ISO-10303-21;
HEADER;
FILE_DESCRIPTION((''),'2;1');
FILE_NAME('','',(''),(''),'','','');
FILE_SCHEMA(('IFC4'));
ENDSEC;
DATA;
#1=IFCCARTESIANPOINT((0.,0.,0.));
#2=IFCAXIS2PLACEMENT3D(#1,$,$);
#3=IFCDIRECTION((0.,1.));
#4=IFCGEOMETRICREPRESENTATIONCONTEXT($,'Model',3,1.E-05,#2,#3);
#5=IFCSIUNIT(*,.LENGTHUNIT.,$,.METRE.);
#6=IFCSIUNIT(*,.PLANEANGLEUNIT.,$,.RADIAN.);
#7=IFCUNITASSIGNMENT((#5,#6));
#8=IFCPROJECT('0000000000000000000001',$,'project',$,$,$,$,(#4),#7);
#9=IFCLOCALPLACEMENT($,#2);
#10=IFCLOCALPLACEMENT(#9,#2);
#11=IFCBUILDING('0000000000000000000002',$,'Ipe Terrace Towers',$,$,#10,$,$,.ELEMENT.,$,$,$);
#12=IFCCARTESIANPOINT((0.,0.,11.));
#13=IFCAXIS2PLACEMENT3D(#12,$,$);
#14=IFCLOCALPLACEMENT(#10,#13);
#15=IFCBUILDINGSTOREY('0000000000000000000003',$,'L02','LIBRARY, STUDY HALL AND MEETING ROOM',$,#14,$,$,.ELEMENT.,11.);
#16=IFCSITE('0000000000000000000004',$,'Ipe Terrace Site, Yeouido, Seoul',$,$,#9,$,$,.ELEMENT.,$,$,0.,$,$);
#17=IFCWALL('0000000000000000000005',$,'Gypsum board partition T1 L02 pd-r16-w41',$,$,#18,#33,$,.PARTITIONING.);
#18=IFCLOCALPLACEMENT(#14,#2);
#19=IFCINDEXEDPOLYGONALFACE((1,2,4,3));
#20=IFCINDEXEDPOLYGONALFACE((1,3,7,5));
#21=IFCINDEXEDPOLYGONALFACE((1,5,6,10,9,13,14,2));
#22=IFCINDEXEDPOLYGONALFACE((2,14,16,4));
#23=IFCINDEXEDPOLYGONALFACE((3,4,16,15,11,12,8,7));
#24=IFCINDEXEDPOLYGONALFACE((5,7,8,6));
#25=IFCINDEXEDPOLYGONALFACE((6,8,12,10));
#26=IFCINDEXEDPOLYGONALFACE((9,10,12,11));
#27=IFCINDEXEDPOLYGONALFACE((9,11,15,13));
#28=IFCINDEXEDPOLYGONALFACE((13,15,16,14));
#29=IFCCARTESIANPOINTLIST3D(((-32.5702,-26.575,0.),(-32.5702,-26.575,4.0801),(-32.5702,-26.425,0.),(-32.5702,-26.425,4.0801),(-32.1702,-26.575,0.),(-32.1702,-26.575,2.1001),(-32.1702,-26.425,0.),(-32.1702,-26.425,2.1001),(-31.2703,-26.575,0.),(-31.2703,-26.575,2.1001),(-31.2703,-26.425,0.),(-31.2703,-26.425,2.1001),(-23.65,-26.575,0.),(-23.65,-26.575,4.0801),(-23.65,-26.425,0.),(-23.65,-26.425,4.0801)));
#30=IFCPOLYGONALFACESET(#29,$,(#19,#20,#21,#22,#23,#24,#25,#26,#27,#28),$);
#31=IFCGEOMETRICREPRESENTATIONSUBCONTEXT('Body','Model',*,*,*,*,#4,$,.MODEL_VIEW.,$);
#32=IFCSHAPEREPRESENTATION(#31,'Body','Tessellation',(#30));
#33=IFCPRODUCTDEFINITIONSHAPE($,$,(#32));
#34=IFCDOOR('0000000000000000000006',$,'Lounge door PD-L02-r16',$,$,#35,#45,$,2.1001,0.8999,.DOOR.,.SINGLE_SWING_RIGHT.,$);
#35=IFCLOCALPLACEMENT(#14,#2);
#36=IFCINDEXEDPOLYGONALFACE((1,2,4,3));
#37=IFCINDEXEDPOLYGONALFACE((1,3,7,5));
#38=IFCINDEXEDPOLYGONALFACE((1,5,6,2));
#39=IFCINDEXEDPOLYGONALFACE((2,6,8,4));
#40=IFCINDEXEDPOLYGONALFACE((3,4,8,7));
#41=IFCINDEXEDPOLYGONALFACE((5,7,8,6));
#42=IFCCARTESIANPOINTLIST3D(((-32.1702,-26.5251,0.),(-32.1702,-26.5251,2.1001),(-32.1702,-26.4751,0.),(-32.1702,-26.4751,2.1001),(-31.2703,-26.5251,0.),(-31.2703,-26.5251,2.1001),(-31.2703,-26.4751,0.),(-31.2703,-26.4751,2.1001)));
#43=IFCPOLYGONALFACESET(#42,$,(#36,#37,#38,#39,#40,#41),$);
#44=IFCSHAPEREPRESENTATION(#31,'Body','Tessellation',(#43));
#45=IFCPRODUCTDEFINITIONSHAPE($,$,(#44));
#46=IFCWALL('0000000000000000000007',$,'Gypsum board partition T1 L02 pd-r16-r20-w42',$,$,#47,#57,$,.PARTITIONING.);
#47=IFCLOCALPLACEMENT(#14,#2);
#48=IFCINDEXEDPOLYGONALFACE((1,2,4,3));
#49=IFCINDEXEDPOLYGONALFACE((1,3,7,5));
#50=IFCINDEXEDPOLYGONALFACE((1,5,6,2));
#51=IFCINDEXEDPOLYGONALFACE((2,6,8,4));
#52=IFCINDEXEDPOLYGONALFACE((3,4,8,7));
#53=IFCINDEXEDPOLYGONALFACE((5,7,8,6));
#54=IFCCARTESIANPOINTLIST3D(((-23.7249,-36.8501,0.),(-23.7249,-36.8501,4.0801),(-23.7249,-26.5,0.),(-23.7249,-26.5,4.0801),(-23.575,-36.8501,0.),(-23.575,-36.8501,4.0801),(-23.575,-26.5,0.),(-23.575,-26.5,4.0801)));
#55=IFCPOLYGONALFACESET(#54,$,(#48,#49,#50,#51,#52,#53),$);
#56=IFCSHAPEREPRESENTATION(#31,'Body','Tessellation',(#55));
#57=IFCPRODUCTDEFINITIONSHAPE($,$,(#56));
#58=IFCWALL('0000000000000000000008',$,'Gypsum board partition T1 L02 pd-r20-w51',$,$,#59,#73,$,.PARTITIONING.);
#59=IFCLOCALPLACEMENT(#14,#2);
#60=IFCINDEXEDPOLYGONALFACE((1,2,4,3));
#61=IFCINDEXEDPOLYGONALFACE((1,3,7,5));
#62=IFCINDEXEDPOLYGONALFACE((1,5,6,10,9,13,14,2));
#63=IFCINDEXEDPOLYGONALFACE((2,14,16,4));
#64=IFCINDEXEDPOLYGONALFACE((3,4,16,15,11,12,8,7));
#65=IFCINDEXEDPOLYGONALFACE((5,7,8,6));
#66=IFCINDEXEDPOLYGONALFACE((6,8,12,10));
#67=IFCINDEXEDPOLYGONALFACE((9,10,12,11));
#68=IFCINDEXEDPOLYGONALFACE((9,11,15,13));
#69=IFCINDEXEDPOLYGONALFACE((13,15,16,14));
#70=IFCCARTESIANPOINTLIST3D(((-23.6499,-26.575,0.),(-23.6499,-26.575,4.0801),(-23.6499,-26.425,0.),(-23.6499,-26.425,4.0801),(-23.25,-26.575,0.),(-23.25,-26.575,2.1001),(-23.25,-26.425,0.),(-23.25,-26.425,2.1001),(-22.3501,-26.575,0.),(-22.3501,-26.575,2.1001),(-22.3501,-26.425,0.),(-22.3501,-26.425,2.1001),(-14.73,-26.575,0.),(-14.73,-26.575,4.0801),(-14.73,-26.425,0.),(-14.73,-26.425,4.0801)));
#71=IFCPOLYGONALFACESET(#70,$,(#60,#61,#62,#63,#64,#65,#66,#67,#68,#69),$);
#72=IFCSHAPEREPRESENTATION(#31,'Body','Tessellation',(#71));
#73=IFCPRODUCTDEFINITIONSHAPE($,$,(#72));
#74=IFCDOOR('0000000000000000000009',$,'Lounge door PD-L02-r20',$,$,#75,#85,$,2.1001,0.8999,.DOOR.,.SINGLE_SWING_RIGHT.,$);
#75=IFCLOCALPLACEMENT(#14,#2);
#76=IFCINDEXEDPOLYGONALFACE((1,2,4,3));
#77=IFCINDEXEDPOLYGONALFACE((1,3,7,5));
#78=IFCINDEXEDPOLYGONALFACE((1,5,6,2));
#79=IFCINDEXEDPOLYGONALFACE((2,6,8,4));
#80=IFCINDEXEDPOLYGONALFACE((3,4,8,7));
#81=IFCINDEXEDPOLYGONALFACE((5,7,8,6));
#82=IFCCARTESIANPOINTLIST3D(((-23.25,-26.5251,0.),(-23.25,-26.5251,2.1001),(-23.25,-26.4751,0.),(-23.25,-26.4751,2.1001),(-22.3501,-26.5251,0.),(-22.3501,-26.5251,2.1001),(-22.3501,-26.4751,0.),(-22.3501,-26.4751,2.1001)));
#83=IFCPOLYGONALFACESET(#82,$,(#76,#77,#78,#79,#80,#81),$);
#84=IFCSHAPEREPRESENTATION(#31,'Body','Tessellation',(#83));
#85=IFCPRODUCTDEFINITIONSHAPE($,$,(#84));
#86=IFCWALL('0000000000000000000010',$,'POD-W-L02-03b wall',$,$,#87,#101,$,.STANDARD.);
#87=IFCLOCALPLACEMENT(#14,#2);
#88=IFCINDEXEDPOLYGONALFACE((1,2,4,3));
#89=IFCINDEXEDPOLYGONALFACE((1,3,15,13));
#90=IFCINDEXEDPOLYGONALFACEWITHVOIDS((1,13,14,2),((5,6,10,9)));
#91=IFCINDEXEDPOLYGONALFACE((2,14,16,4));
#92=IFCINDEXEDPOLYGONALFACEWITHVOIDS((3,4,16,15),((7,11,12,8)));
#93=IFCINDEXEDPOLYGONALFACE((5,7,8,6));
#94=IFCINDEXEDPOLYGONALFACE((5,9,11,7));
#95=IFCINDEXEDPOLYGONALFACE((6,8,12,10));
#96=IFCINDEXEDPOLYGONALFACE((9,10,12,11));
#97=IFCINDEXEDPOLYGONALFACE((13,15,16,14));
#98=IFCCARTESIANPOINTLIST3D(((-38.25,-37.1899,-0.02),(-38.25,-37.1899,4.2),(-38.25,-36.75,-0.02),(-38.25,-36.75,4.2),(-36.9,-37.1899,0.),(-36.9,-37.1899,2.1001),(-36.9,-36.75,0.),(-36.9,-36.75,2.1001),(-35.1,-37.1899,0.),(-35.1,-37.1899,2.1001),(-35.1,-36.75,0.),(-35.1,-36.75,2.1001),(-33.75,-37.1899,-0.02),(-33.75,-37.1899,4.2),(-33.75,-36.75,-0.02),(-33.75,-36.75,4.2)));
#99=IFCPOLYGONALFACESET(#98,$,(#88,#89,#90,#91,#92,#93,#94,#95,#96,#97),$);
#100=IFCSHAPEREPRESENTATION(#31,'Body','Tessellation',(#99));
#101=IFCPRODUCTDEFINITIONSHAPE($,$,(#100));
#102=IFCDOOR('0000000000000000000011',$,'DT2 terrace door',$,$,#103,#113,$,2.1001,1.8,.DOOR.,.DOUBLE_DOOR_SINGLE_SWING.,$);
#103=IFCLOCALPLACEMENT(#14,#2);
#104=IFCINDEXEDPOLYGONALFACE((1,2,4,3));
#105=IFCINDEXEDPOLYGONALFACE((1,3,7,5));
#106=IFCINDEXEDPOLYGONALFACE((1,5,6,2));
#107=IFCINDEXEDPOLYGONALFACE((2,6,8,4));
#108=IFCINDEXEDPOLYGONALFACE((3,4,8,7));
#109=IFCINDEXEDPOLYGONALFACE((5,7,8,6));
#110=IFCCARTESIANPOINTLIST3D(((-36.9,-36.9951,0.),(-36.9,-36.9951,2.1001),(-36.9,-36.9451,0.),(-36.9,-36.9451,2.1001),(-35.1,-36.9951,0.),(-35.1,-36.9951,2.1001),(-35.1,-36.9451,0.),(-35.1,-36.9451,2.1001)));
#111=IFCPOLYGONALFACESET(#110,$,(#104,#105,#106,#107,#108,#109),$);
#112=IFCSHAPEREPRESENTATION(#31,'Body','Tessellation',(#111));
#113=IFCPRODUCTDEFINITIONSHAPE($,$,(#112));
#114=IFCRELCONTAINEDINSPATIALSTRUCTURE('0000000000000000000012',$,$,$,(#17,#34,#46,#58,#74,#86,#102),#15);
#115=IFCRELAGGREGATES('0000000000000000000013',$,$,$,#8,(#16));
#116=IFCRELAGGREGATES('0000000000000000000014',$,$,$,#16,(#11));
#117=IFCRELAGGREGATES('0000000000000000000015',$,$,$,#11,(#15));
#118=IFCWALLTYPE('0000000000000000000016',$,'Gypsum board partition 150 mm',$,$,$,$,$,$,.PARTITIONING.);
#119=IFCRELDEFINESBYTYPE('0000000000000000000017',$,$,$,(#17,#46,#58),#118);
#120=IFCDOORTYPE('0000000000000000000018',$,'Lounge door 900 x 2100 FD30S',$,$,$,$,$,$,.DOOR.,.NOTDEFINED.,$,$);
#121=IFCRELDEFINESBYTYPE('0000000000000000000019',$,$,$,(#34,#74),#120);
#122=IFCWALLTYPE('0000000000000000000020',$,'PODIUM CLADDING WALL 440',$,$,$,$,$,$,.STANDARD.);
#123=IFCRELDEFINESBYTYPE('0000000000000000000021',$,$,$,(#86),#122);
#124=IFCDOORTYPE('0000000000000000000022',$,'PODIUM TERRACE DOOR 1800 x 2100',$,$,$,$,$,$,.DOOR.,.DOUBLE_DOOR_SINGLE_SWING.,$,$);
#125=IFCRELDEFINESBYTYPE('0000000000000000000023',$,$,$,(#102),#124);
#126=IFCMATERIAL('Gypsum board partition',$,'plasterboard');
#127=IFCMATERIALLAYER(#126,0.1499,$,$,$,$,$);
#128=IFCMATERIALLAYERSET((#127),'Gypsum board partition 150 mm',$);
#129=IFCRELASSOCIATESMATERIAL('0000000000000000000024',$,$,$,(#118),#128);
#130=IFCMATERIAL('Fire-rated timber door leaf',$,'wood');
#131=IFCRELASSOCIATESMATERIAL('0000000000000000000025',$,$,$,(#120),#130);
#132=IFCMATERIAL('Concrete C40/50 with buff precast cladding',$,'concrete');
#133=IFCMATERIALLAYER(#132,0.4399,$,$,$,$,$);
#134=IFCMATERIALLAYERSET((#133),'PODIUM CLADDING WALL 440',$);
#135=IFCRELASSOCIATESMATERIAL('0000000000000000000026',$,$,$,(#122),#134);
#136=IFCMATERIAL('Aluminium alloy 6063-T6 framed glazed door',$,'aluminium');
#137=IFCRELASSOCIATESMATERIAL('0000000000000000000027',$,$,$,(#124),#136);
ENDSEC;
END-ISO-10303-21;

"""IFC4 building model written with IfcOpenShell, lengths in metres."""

from ifc_helpers import new_model, si_unit, direction, frame, frame_2d, origin, place, context, subcontext, project, spatial, rectangle, extrude, material, layer, layer_set, type_object, element, fill, save


model = new_model("IFC4")

# Units and contexts
model_context = context("Model", 3, precision=1e-05, world=origin(), true_north=direction((0.0, 1.0)))
body_context = subcontext(model_context, "Body", "Model", "MODEL_VIEW")
ifc_project = project(units=[si_unit("LENGTHUNIT", "METRE"), si_unit("PLANEANGLEUNIT", "RADIAN")], contexts=[model_context])

# Site, building, storey
site_placement = place(None, origin())
site = spatial("IfcSite", under=ifc_project, at=site_placement, Name="Ipe Terrace Site, Yeouido, Seoul", CompositionType="ELEMENT", RefElevation=0.0)
building_placement = place(site_placement, origin())
building = spatial("IfcBuilding", under=site, at=building_placement, Name="Ipe Terrace Towers", CompositionType="ELEMENT")
storey_placement = place(building_placement, frame((0.0, 0.0, 11.0)))
storey = spatial("IfcBuildingStorey", under=building, at=storey_placement, Name="L02", Description="LIBRARY, STUDY HALL AND MEETING ROOM", CompositionType="ELEMENT", Elevation=11.0)

# Shared definitions
ifc_material_1 = material(Name="Gypsum board partition", Category="plasterboard")
ifc_layer_1 = layer(ifc_material_1, 0.1499)
ifc_layer_set_1 = layer_set([ifc_layer_1], Name="Gypsum board partition 150 mm")
wall_type_1 = type_object("IfcWallType", Name="Gypsum board partition 150 mm", PredefinedType="PARTITIONING", material=ifc_layer_set_1)

# Wall, opening, door
wall_1_placement = place(storey_placement, frame((-32.5701, -26.5, 0.0), z_axis=(0.0, 0.0, 1.0), x_axis=(1.0, 0.0, 0.0)))
wall_1 = element("IfcWall", 1, at=wall_1_placement, inside=storey, type_object=wall_type_1, Name="Gypsum board partition T1 L02 pd-r16-w41", PredefinedType="PARTITIONING", context=body_context, shape_type="SweptSolid", body=[
    extrude(rectangle(XDim=8.9202, YDim=0.1499, at=frame_2d((4.46, 0.0))), origin(), (0.0, 0.0, 1.0), 4.0801),
])
opening_1_placement = place(wall_1_placement, frame((0.3999, 0.0, 0.0)))
opening_1 = element("IfcOpeningElement", 2, at=opening_1_placement, cuts=wall_1, PredefinedType="OPENING", context=body_context, shape_type="SweptSolid", body=[
    extrude(rectangle(XDim=0.8999, YDim=2.1001, at=frame_2d((0.45, 1.05))), frame((0.0, 0.085, 0.0), z_axis=(0.0, -1.0, 0.0), x_axis=(1.0, 0.0, 0.0)), (0.0, 0.0, 1.0), 0.1699),
])
ifc_material_2 = material(Name="Fire-rated timber door leaf", Category="wood")
door_type_1 = type_object("IfcDoorType", Name="Lounge door 900 x 2100 FD30S", OperationType="NOTDEFINED", PredefinedType="DOOR", material=ifc_material_2)
door_1_placement = place(opening_1_placement, origin())
door_1 = element("IfcDoor", 3, at=door_1_placement, inside=storey, type_object=door_type_1, Name="Lounge door PD-L02-r16", OperationType="SINGLE_SWING_RIGHT", OverallHeight=2.1001, OverallWidth=0.8999, PredefinedType="DOOR", context=body_context, shape_type="SweptSolid", body=[
    extrude(rectangle(XDim=0.8999, YDim=2.1001, at=frame_2d((0.45, 1.05))), frame((0.0, 0.0249, 0.0), z_axis=(0.0, -1.0, 0.0), x_axis=(1.0, 0.0, 0.0)), (0.0, 0.0, 1.0), 0.05),
])
fill(opening_1, door_1)

# Wall
wall_2_placement = place(storey_placement, frame((-23.6499, -26.5, 0.0), z_axis=(0.0, 0.0, 1.0), x_axis=(0.0, -1.0, 0.0)))
element("IfcWall", 4, at=wall_2_placement, inside=storey, type_object=wall_type_1, Name="Gypsum board partition T1 L02 pd-r16-r20-w42", PredefinedType="PARTITIONING", context=body_context, shape_type="SweptSolid", body=[
    extrude(rectangle(XDim=10.3501, YDim=0.1499, at=frame_2d((5.175, 0.0))), origin(), (0.0, 0.0, 1.0), 4.0801),
])

# Walls, openings, doors
wall_3_placement = place(storey_placement, frame((-23.6499, -26.5, 0.0), z_axis=(0.0, 0.0, 1.0), x_axis=(1.0, 0.0, 0.0)))
wall_3 = element("IfcWall", 5, at=wall_3_placement, inside=storey, type_object=wall_type_1, Name="Gypsum board partition T1 L02 pd-r20-w51", PredefinedType="PARTITIONING", context=body_context, shape_type="SweptSolid", body=[
    extrude(rectangle(XDim=8.9199, YDim=0.1499, at=frame_2d((4.46, 0.0))), origin(), (0.0, 0.0, 1.0), 4.0801),
])
opening_2_placement = place(wall_3_placement, frame((0.3999, 0.0, 0.0)))
opening_2 = element("IfcOpeningElement", 6, at=opening_2_placement, cuts=wall_3, PredefinedType="OPENING", context=body_context, shape_type="SweptSolid", body=[
    extrude(rectangle(XDim=0.8999, YDim=2.1001, at=frame_2d((0.45, 1.05))), frame((0.0, 0.085, 0.0), z_axis=(0.0, -1.0, 0.0), x_axis=(1.0, 0.0, 0.0)), (0.0, 0.0, 1.0), 0.1699),
])
door_2_placement = place(opening_2_placement, origin())
door_2 = element("IfcDoor", 7, at=door_2_placement, inside=storey, type_object=door_type_1, Name="Lounge door PD-L02-r20", OperationType="SINGLE_SWING_RIGHT", OverallHeight=2.1001, OverallWidth=0.8999, PredefinedType="DOOR", context=body_context, shape_type="SweptSolid", body=[
    extrude(rectangle(XDim=0.8999, YDim=2.1001, at=frame_2d((0.45, 1.05))), frame((0.0, 0.0249, 0.0), z_axis=(0.0, -1.0, 0.0), x_axis=(1.0, 0.0, 0.0)), (0.0, 0.0, 1.0), 0.05),
])
fill(opening_2, door_2)
ifc_material_3 = material(Name="Concrete C40/50 with buff precast cladding", Category="concrete")
ifc_layer_2 = layer(ifc_material_3, 0.4399)
ifc_layer_set_2 = layer_set([ifc_layer_2], Name="PODIUM CLADDING WALL 440")
wall_type_2 = type_object("IfcWallType", Name="PODIUM CLADDING WALL 440", PredefinedType="STANDARD", material=ifc_layer_set_2)
wall_4_placement = place(storey_placement, frame((-38.25, -36.97, -0.02), z_axis=(0.0, 0.0, 1.0), x_axis=(1.0, 0.0, 0.0)))
wall_4 = element("IfcWall", 8, at=wall_4_placement, inside=storey, type_object=wall_type_2, Name="POD-W-L02-03b wall", PredefinedType="STANDARD", context=body_context, shape_type="SweptSolid", body=[
    extrude(rectangle(XDim=4.5, YDim=0.4399, at=frame_2d((2.25, 0.0))), origin(), (0.0, 0.0, 1.0), 4.22),
])
opening_3_placement = place(wall_4_placement, frame((1.3501, 0.0, 0.02)))
opening_3 = element("IfcOpeningElement", 9, at=opening_3_placement, cuts=wall_4, PredefinedType="OPENING", context=body_context, shape_type="SweptSolid", body=[
    extrude(rectangle(XDim=1.8, YDim=2.1001, at=frame_2d((0.8999, 1.05))), frame((0.0, 0.23, 0.0), z_axis=(0.0, -1.0, 0.0), x_axis=(1.0, 0.0, 0.0)), (0.0, 0.0, 1.0), 0.46),
])
ifc_material_4 = material(Name="Aluminium alloy 6063-T6 framed glazed door", Category="aluminium")
door_type_2 = type_object("IfcDoorType", Name="PODIUM TERRACE DOOR 1800 x 2100", OperationType="DOUBLE_DOOR_SINGLE_SWING", PredefinedType="DOOR", material=ifc_material_4)
door_3_placement = place(opening_3_placement, origin())
door_3 = element("IfcDoor", 10, at=door_3_placement, inside=storey, type_object=door_type_2, Name="DT2 terrace door", OperationType="DOUBLE_DOOR_SINGLE_SWING", OverallHeight=2.1001, OverallWidth=1.8, PredefinedType="DOOR", context=body_context, shape_type="SweptSolid", body=[
    extrude(rectangle(XDim=1.8, YDim=2.1001, at=frame_2d((0.8999, 1.05))), frame((0.0, 0.0249, 0.0), z_axis=(0.0, -1.0, 0.0), x_axis=(1.0, 0.0, 0.0)), (0.0, 0.0, 1.0), 0.05),
])
fill(opening_3, door_3)

save(model, "model.ifc")
